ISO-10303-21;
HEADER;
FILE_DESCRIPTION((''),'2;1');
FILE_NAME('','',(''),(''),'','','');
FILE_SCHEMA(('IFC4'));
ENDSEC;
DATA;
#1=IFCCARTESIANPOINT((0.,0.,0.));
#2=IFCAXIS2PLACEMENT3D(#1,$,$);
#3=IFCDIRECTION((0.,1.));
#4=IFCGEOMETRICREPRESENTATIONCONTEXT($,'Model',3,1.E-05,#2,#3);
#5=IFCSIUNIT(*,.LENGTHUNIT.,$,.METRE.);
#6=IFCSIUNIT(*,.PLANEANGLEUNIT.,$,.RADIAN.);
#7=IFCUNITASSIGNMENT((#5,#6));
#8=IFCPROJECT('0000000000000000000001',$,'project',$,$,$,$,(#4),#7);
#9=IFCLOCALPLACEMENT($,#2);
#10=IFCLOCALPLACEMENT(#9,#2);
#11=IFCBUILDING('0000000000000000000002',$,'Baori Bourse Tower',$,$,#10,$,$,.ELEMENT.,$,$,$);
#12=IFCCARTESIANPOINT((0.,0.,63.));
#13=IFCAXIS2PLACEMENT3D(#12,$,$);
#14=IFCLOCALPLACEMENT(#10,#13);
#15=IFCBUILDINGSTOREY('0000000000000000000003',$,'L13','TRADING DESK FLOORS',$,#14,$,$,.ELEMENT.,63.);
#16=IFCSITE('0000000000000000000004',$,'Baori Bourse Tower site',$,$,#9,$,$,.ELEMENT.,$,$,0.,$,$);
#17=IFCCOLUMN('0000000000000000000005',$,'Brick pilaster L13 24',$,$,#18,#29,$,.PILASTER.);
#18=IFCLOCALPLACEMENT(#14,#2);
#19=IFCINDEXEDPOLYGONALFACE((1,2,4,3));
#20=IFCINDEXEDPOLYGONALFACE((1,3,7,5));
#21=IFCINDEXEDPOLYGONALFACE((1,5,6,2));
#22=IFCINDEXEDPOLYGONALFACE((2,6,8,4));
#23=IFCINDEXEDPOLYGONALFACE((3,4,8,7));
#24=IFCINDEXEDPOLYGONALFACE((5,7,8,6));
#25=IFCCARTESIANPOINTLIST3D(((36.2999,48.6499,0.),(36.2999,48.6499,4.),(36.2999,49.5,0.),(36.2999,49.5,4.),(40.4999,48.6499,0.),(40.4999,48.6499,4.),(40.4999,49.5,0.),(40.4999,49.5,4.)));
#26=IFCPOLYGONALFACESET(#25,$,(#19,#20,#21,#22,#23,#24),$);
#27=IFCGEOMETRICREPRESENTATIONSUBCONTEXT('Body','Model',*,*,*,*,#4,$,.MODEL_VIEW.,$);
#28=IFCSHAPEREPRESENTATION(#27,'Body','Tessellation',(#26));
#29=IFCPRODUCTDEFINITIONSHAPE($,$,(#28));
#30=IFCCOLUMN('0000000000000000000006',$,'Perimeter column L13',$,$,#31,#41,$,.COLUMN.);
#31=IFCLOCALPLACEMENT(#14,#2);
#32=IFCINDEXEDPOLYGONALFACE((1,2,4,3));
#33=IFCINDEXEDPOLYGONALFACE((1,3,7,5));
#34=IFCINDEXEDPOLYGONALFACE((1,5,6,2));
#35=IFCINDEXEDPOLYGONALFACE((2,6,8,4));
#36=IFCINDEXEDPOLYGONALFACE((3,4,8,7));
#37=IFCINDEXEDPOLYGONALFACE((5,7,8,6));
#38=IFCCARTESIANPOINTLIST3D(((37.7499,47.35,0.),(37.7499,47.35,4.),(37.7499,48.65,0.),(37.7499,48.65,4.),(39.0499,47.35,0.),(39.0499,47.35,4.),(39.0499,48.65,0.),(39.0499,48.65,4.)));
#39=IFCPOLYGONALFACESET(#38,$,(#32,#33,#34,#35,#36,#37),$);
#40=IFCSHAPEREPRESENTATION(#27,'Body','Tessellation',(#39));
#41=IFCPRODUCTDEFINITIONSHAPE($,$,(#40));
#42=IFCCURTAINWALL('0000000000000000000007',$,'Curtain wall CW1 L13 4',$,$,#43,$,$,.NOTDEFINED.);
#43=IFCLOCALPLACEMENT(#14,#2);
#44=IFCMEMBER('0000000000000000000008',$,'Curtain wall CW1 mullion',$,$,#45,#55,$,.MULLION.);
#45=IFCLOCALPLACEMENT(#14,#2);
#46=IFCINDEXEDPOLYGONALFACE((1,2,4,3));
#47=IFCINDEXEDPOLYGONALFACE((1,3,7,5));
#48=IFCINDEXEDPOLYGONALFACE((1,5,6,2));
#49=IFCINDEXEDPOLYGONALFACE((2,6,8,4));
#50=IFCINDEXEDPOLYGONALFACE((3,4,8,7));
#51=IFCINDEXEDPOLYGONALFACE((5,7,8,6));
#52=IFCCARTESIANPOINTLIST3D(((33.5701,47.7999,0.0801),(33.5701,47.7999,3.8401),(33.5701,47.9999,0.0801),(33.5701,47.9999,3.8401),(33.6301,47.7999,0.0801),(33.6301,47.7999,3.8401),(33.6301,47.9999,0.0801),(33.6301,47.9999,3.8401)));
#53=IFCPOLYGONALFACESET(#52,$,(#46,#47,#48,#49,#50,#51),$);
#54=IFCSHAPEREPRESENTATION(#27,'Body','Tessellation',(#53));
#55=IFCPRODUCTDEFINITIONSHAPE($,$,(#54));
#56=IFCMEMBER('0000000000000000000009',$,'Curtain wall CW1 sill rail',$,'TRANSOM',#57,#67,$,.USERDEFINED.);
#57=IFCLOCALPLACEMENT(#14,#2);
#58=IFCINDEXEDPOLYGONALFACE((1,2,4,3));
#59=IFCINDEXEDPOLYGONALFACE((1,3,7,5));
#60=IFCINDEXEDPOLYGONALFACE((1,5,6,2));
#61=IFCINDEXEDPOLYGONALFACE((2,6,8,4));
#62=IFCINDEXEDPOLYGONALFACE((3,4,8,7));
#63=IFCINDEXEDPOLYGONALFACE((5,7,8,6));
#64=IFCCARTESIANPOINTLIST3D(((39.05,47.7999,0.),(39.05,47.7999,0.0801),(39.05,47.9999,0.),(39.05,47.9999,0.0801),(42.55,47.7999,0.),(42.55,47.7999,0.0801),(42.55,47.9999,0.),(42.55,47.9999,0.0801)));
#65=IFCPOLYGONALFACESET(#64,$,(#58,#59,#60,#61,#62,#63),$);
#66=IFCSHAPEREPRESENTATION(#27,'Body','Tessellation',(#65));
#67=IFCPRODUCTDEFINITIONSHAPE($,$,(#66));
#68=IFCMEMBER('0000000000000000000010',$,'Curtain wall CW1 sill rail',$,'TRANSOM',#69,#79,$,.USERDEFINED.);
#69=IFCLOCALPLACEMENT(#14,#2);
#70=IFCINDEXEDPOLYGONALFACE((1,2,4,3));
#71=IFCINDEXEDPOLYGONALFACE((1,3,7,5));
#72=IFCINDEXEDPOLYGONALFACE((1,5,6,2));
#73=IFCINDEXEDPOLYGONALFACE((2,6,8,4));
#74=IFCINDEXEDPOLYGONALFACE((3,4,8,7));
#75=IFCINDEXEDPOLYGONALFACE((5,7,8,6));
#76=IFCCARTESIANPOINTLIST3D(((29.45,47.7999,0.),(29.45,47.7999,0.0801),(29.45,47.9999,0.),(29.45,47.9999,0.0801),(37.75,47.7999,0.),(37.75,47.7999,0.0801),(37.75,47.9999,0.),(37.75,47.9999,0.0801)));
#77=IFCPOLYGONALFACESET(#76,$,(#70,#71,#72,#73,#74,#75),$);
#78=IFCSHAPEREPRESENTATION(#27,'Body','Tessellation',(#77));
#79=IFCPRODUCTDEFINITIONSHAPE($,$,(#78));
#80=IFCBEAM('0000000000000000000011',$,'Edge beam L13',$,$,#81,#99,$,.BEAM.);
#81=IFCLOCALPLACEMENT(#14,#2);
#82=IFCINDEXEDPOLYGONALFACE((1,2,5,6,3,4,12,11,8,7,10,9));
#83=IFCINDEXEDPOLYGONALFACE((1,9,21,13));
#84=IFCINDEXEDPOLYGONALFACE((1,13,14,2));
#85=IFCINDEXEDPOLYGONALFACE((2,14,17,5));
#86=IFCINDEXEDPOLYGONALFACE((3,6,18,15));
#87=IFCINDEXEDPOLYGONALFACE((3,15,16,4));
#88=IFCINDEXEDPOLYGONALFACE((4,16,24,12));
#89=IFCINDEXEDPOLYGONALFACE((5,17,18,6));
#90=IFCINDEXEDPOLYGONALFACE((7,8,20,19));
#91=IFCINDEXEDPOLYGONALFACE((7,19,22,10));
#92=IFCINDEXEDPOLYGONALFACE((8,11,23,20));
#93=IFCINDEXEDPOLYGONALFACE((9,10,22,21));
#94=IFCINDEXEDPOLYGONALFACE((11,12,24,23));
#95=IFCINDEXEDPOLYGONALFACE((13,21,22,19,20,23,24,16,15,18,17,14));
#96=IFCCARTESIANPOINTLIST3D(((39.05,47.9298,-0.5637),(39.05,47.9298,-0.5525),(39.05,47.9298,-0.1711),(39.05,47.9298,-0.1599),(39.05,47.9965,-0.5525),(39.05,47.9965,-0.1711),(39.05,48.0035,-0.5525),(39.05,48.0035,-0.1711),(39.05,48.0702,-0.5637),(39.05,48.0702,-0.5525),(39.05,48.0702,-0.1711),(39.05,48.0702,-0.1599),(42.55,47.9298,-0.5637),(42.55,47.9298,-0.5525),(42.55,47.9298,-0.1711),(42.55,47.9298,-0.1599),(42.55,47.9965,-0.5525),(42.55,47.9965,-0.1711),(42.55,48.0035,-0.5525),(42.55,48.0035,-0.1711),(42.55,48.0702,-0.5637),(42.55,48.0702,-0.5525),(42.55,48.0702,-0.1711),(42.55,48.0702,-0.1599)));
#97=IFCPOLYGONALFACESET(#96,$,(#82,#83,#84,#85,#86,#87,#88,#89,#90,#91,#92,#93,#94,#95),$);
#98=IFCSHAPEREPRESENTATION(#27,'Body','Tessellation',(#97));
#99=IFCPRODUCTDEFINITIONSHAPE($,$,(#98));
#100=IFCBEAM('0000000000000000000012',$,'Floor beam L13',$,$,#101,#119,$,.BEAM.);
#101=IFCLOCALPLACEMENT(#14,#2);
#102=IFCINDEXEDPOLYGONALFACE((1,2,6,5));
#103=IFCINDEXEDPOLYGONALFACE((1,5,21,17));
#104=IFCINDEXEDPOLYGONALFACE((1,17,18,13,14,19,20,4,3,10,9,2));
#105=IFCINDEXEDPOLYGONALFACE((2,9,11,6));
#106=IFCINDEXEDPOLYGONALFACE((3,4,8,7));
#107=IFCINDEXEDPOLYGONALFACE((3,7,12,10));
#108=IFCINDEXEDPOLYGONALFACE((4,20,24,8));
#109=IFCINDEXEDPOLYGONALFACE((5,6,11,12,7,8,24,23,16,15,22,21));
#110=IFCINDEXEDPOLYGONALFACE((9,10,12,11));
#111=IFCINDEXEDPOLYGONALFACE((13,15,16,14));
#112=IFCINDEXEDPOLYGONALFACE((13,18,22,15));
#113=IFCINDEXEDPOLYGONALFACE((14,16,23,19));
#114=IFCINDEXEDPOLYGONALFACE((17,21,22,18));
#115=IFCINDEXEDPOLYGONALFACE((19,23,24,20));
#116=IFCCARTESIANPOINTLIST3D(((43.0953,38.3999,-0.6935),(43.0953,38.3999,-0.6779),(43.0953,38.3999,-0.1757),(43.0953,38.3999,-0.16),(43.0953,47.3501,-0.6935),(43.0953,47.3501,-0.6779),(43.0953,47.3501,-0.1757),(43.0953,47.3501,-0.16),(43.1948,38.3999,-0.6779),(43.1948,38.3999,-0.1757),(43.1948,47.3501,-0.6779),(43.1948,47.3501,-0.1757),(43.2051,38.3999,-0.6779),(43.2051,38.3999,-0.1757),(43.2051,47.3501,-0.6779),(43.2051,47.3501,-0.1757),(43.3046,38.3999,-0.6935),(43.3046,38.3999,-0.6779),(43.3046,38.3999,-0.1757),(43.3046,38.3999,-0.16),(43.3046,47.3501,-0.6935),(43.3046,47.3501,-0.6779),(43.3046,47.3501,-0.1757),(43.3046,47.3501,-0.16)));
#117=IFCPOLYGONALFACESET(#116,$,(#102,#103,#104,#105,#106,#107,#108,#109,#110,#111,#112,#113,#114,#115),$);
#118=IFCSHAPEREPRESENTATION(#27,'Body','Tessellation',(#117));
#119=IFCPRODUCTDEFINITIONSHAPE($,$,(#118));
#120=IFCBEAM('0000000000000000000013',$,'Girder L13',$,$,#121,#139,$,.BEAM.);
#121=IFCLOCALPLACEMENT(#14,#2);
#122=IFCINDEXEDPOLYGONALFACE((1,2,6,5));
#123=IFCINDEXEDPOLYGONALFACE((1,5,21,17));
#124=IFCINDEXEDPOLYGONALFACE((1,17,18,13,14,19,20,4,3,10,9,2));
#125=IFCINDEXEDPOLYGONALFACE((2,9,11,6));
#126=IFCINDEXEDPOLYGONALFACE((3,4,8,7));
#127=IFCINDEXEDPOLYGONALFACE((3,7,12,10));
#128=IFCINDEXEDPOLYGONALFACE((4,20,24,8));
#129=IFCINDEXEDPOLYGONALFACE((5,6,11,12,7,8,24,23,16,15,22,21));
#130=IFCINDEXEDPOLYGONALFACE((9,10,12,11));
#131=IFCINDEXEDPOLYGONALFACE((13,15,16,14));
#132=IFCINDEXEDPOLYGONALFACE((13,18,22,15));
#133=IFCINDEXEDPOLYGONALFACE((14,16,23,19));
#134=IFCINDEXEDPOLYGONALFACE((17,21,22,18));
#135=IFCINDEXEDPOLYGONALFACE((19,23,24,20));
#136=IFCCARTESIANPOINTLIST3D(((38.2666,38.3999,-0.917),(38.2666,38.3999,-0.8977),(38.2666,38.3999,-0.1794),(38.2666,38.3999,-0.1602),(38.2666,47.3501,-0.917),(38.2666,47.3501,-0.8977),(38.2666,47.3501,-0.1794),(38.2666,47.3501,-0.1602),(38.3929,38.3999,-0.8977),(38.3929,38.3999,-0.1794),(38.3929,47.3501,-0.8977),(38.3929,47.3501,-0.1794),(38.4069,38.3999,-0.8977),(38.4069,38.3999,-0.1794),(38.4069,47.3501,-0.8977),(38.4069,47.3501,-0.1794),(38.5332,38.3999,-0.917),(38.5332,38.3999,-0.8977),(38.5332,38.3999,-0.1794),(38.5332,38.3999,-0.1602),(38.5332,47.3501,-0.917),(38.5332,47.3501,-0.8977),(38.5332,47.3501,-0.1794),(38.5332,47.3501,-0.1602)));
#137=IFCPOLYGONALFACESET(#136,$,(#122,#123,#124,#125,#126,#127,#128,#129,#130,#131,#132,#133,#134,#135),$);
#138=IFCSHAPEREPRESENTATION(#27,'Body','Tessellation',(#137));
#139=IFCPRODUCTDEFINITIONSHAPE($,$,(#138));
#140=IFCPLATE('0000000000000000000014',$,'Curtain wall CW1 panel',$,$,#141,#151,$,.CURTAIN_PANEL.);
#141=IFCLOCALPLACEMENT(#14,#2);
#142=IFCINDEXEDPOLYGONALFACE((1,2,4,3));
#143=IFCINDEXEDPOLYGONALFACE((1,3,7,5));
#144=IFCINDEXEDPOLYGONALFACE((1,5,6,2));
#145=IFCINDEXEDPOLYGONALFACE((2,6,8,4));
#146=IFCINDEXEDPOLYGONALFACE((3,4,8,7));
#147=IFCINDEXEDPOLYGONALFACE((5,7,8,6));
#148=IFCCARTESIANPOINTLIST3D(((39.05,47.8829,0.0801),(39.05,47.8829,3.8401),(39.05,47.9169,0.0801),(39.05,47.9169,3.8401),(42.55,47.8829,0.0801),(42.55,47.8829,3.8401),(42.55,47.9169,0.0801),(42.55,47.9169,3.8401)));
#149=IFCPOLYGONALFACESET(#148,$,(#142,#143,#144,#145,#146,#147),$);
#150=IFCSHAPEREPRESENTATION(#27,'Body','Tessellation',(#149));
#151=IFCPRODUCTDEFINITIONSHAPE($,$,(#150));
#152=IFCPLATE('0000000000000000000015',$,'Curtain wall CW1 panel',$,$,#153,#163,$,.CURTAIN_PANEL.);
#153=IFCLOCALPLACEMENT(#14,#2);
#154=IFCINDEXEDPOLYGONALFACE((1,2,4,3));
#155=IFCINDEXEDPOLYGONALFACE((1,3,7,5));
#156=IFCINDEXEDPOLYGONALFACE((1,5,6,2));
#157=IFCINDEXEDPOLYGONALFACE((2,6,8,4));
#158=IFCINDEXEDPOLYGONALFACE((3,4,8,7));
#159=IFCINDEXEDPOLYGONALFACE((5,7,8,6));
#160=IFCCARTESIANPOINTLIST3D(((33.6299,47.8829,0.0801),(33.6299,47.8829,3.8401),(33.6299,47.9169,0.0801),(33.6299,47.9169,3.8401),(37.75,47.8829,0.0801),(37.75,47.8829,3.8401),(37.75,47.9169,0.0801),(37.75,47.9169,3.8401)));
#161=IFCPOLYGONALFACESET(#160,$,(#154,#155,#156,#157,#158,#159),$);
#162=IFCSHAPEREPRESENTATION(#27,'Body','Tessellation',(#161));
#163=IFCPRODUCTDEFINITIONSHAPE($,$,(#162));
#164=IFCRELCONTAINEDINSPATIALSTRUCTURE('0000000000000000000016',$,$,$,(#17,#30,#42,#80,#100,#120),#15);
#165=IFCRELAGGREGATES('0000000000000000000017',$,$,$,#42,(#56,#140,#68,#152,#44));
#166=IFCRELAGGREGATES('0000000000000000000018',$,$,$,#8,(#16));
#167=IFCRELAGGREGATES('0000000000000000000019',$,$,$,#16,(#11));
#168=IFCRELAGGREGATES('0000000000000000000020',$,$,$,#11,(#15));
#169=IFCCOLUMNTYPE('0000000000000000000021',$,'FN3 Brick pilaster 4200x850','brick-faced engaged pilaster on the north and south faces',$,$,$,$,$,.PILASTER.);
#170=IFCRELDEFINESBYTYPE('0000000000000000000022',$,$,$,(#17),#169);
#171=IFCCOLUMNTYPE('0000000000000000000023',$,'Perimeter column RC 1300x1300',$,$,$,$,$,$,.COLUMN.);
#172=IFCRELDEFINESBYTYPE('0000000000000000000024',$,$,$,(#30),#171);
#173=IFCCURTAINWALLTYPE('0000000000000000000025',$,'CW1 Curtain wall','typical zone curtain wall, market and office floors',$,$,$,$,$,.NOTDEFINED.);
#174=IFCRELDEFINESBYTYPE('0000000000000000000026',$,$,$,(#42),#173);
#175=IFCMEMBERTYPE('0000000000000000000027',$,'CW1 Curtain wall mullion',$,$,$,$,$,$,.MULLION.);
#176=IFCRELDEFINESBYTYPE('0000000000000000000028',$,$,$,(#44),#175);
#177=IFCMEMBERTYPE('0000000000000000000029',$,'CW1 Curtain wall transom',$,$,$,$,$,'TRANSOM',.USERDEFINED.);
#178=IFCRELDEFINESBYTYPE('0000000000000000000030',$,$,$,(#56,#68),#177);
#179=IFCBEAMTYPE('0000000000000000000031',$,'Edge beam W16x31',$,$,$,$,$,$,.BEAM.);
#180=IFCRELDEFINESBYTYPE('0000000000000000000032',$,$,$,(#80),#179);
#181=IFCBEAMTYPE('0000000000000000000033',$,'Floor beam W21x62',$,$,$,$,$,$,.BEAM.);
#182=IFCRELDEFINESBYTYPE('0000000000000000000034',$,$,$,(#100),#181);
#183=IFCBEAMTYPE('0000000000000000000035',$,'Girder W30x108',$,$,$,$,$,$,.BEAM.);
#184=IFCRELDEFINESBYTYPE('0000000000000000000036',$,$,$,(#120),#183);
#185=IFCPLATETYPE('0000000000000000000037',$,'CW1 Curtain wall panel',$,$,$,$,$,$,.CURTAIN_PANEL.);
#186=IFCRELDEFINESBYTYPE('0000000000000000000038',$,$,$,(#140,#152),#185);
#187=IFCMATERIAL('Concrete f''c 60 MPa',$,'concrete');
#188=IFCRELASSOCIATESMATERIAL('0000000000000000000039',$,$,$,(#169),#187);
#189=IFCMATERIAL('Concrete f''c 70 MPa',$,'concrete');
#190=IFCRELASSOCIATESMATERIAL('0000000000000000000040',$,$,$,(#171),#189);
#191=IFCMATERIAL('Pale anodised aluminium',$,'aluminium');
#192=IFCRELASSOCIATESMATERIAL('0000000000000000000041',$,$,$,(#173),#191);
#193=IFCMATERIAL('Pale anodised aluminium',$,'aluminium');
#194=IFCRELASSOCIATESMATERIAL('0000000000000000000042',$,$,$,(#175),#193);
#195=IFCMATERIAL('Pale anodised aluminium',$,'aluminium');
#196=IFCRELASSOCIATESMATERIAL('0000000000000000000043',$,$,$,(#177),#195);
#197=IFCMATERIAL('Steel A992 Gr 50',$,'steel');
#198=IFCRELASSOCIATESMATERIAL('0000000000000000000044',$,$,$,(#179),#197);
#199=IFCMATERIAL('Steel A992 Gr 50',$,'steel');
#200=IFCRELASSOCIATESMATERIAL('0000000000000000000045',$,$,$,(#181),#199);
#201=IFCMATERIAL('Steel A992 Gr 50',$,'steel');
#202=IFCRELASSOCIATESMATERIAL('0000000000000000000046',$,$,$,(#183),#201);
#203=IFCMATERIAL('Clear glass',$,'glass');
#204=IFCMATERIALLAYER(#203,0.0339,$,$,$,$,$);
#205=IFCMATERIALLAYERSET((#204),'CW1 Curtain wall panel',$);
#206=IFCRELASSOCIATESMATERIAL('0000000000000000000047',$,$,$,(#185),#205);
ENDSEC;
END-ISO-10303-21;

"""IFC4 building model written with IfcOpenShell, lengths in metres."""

from ifc_helpers import new_model, si_unit, direction, frame, origin, origin_2d, place, context, subcontext, project, spatial, rectangle, i_section, extrude, material, layer, layer_set, material_profile, profile_set, type_object, element, aggregate, save


model = new_model("IFC4")

# Units and contexts
model_context = context("Model", 3, precision=1e-05, world=origin(), true_north=direction((0.0, 1.0)))
body_context = subcontext(model_context, "Body", "Model", "MODEL_VIEW")
ifc_project = project(units=[si_unit("LENGTHUNIT", "METRE"), si_unit("PLANEANGLEUNIT", "RADIAN")], contexts=[model_context])

# Site, building, storey
site_placement = place(None, origin())
site = spatial("IfcSite", under=ifc_project, at=site_placement, Name="Baori Bourse Tower site", CompositionType="ELEMENT", RefElevation=0.0)
building_placement = place(site_placement, origin())
building = spatial("IfcBuilding", under=site, at=building_placement, Name="Baori Bourse Tower", CompositionType="ELEMENT")
storey_placement = place(building_placement, frame((0.0, 0.0, 63.0)))
storey = spatial("IfcBuildingStorey", under=building, at=storey_placement, Name="L13", Description="TRADING DESK FLOORS", CompositionType="ELEMENT", Elevation=63.0)

# Columns
ifc_material_1 = material(Name="Concrete f'c 60 MPa", Category="concrete")
ifc_material_profile_1 = material_profile(ifc_material_1, rectangle(XDim=4.2, YDim=0.8501, at=origin_2d()), Name="RC 4200x850")
ifc_profile_set_1 = profile_set([ifc_material_profile_1], Name="Concrete f'c 60 MPa")
column_type_1 = type_object("IfcColumnType", Name="FN3 Brick pilaster 4200x850", Description="brick-faced engaged pilaster on the north and south faces", PredefinedType="PILASTER", material=ifc_profile_set_1)
column_1_placement = place(storey_placement, frame((38.3999, 49.075, 0.0), z_axis=(0.0, 0.0, 1.0), x_axis=(1.0, 0.0, 0.0)))
element("IfcColumn", 1, at=column_1_placement, inside=storey, type_object=column_type_1, Name="Brick pilaster L13 24", PredefinedType="PILASTER", context=body_context, shape_type="SweptSolid", body=[
    extrude(rectangle(XDim=4.2, YDim=0.8501, at=origin_2d()), origin(), (0.0, 0.0, 1.0), 4.0),
])
ifc_material_2 = material(Name="Concrete f'c 70 MPa", Category="concrete")
ifc_material_profile_2 = material_profile(ifc_material_2, rectangle(XDim=1.3, YDim=1.3, at=origin_2d()), Name="RC 1300x1300")
ifc_profile_set_2 = profile_set([ifc_material_profile_2], Name="Concrete f'c 70 MPa")
column_type_2 = type_object("IfcColumnType", Name="Perimeter column RC 1300x1300", PredefinedType="COLUMN", material=ifc_profile_set_2)
column_2_placement = place(storey_placement, frame((38.3999, 48.0, 0.0), z_axis=(0.0, 0.0, 1.0), x_axis=(1.0, 0.0, 0.0)))
element("IfcColumn", 2, at=column_2_placement, inside=storey, type_object=column_type_2, Name="Perimeter column L13", PredefinedType="COLUMN", context=body_context, shape_type="SweptSolid", body=[
    extrude(rectangle(XDim=1.3, YDim=1.3, at=origin_2d()), origin(), (0.0, 0.0, 1.0), 4.0),
])

# Curtain wall, members
ifc_material_3 = material(Name="Pale anodised aluminium", Category="aluminium")
curtain_wall_type = type_object("IfcCurtainWallType", Name="CW1 Curtain wall", Description="typical zone curtain wall, market and office floors", PredefinedType="NOTDEFINED", material=ifc_material_3)
curtain_wall_placement = place(storey_placement, origin())
curtain_wall = element("IfcCurtainWall", 3, at=curtain_wall_placement, inside=storey, type_object=curtain_wall_type, Name="Curtain wall CW1 L13 4", PredefinedType="NOTDEFINED")
ifc_material_4 = material(Name="Pale anodised aluminium", Category="aluminium")
ifc_material_profile_3 = material_profile(ifc_material_4, rectangle(XDim=0.2, YDim=0.0601, at=origin_2d()), Name="Mullion 60x200")
ifc_profile_set_3 = profile_set([ifc_material_profile_3], Name="Pale anodised aluminium")
member_type_1 = type_object("IfcMemberType", Name="CW1 Curtain wall mullion", PredefinedType="MULLION", material=ifc_profile_set_3)
member_1_placement = place(storey_placement, frame((33.6001, 47.8999, 0.0801), z_axis=(0.0, 0.0, 1.0), x_axis=(0.0, -1.0, 0.0)))
member_1 = element("IfcMember", 4, at=member_1_placement, type_object=member_type_1, Name="Curtain wall CW1 mullion", PredefinedType="MULLION", context=body_context, shape_type="SweptSolid", body=[
    extrude(rectangle(XDim=0.2, YDim=0.0601, at=origin_2d()), origin(), (0.0, 0.0, 1.0), 3.76),
])
ifc_material_5 = material(Name="Pale anodised aluminium", Category="aluminium")
ifc_material_profile_4 = material_profile(ifc_material_5, rectangle(XDim=0.2, YDim=0.0801, at=origin_2d()), Name="Transom 80x200")
ifc_profile_set_4 = profile_set([ifc_material_profile_4], Name="Pale anodised aluminium")
member_type_2 = type_object("IfcMemberType", Name="CW1 Curtain wall transom", ElementType="TRANSOM", PredefinedType="USERDEFINED", material=ifc_profile_set_4)
member_2_placement = place(storey_placement, frame((42.55, 47.8999, 0.04), z_axis=(-1.0, 0.0, 0.0), x_axis=(0.0, -1.0, 0.0)))
member_2 = element("IfcMember", 5, at=member_2_placement, type_object=member_type_2, Name="Curtain wall CW1 sill rail", ObjectType="TRANSOM", PredefinedType="USERDEFINED", context=body_context, shape_type="SweptSolid", body=[
    extrude(rectangle(XDim=0.2, YDim=0.0801, at=origin_2d()), origin(), (0.0, 0.0, 1.0), 3.5),
])
member_3_placement = place(storey_placement, frame((37.75, 47.8999, 0.04), z_axis=(-1.0, 0.0, 0.0), x_axis=(0.0, -1.0, 0.0)))
member_3 = element("IfcMember", 6, at=member_3_placement, type_object=member_type_2, Name="Curtain wall CW1 sill rail", ObjectType="TRANSOM", PredefinedType="USERDEFINED", context=body_context, shape_type="SweptSolid", body=[
    extrude(rectangle(XDim=0.2, YDim=0.0801, at=origin_2d()), origin(), (0.0, 0.0, 1.0), 8.3),
])

# Beams
ifc_material_6 = material(Name="Steel A992 Gr 50", Category="steel")
ifc_material_profile_5 = material_profile(ifc_material_6, i_section(OverallWidth=0.1404, OverallDepth=0.4038, WebThickness=0.0071, FlangeThickness=0.0112, at=origin_2d()), Name="W16x31")
ifc_profile_set_5 = profile_set([ifc_material_profile_5], Name="Steel A992 Gr 50")
beam_type_1 = type_object("IfcBeamType", Name="Edge beam W16x31", PredefinedType="BEAM", material=ifc_profile_set_5)
beam_1_placement = place(storey_placement, frame((39.05, 48.0, -0.3618), z_axis=(1.0, 0.0, 0.0), x_axis=(0.0, 1.0, 0.0)))
element("IfcBeam", 7, at=beam_1_placement, inside=storey, type_object=beam_type_1, Name="Edge beam L13", PredefinedType="BEAM", context=body_context, shape_type="SweptSolid", body=[
    extrude(i_section(OverallWidth=0.1404, OverallDepth=0.4038, WebThickness=0.0071, FlangeThickness=0.0112, at=origin_2d()), origin(), (0.0, 0.0, 1.0), 3.5),
])
ifc_material_7 = material(Name="Steel A992 Gr 50", Category="steel")
ifc_material_profile_6 = material_profile(ifc_material_7, i_section(OverallWidth=0.2092, OverallDepth=0.5334, WebThickness=0.0103, FlangeThickness=0.0156, at=origin_2d()), Name="W21x62")
ifc_profile_set_6 = profile_set([ifc_material_profile_6], Name="Steel A992 Gr 50")
beam_type_2 = type_object("IfcBeamType", Name="Floor beam W21x62", PredefinedType="BEAM", material=ifc_profile_set_6)
beam_2_placement = place(storey_placement, frame((43.2, 38.3999, -0.4268), z_axis=(0.0, 1.0, 0.0), x_axis=(-1.0, 0.0, 0.0)))
element("IfcBeam", 8, at=beam_2_placement, inside=storey, type_object=beam_type_2, Name="Floor beam L13", PredefinedType="BEAM", context=body_context, shape_type="SweptSolid", body=[
    extrude(i_section(OverallWidth=0.2092, OverallDepth=0.5334, WebThickness=0.0103, FlangeThickness=0.0156, at=origin_2d()), origin(), (0.0, 0.0, 1.0), 8.9502),
])
ifc_material_8 = material(Name="Steel A992 Gr 50", Category="steel")
ifc_material_profile_7 = material_profile(ifc_material_8, i_section(OverallWidth=0.2666, OverallDepth=0.7568, WebThickness=0.0139, FlangeThickness=0.0193, at=origin_2d()), Name="W30x108")
ifc_profile_set_7 = profile_set([ifc_material_profile_7], Name="Steel A992 Gr 50")
beam_type_3 = type_object("IfcBeamType", Name="Girder W30x108", PredefinedType="BEAM", material=ifc_profile_set_7)
beam_3_placement = place(storey_placement, frame((38.3999, 38.3999, -0.5386), z_axis=(0.0, 1.0, 0.0), x_axis=(-1.0, 0.0, 0.0)))
element("IfcBeam", 9, at=beam_3_placement, inside=storey, type_object=beam_type_3, Name="Girder L13", PredefinedType="BEAM", context=body_context, shape_type="SweptSolid", body=[
    extrude(i_section(OverallWidth=0.2666, OverallDepth=0.7568, WebThickness=0.0139, FlangeThickness=0.0193, at=origin_2d()), origin(), (0.0, 0.0, 1.0), 8.9502),
])

# Plates
ifc_material_9 = material(Name="Clear glass", Category="glass")
ifc_layer_1 = layer(ifc_material_9, 0.0339)
ifc_layer_set_1 = layer_set([ifc_layer_1], Name="CW1 Curtain wall panel")
plate_type = type_object("IfcPlateType", Name="CW1 Curtain wall panel", PredefinedType="CURTAIN_PANEL", material=ifc_layer_set_1)
plate_1_placement = place(storey_placement, frame((40.8, 47.8999, 0.0801), z_axis=(0.0, 0.0, 1.0), x_axis=(-1.0, 0.0, 0.0)))
plate_1 = element("IfcPlate", 10, at=plate_1_placement, type_object=plate_type, Name="Curtain wall CW1 panel", PredefinedType="CURTAIN_PANEL", context=body_context, shape_type="SweptSolid", body=[
    extrude(rectangle(XDim=3.5, YDim=0.0339, at=origin_2d()), origin(), (0.0, 0.0, 1.0), 3.76),
])
plate_2_placement = place(storey_placement, frame((35.6899, 47.8999, 0.0801), z_axis=(0.0, 0.0, 1.0), x_axis=(-1.0, 0.0, 0.0)))
plate_2 = element("IfcPlate", 11, at=plate_2_placement, type_object=plate_type, Name="Curtain wall CW1 panel", PredefinedType="CURTAIN_PANEL", context=body_context, shape_type="SweptSolid", body=[
    extrude(rectangle(XDim=4.1201, YDim=0.0339, at=origin_2d()), origin(), (0.0, 0.0, 1.0), 3.76),
])
aggregate(curtain_wall, [member_2, plate_1, member_3, plate_2, member_1])

save(model, "model.ifc")
